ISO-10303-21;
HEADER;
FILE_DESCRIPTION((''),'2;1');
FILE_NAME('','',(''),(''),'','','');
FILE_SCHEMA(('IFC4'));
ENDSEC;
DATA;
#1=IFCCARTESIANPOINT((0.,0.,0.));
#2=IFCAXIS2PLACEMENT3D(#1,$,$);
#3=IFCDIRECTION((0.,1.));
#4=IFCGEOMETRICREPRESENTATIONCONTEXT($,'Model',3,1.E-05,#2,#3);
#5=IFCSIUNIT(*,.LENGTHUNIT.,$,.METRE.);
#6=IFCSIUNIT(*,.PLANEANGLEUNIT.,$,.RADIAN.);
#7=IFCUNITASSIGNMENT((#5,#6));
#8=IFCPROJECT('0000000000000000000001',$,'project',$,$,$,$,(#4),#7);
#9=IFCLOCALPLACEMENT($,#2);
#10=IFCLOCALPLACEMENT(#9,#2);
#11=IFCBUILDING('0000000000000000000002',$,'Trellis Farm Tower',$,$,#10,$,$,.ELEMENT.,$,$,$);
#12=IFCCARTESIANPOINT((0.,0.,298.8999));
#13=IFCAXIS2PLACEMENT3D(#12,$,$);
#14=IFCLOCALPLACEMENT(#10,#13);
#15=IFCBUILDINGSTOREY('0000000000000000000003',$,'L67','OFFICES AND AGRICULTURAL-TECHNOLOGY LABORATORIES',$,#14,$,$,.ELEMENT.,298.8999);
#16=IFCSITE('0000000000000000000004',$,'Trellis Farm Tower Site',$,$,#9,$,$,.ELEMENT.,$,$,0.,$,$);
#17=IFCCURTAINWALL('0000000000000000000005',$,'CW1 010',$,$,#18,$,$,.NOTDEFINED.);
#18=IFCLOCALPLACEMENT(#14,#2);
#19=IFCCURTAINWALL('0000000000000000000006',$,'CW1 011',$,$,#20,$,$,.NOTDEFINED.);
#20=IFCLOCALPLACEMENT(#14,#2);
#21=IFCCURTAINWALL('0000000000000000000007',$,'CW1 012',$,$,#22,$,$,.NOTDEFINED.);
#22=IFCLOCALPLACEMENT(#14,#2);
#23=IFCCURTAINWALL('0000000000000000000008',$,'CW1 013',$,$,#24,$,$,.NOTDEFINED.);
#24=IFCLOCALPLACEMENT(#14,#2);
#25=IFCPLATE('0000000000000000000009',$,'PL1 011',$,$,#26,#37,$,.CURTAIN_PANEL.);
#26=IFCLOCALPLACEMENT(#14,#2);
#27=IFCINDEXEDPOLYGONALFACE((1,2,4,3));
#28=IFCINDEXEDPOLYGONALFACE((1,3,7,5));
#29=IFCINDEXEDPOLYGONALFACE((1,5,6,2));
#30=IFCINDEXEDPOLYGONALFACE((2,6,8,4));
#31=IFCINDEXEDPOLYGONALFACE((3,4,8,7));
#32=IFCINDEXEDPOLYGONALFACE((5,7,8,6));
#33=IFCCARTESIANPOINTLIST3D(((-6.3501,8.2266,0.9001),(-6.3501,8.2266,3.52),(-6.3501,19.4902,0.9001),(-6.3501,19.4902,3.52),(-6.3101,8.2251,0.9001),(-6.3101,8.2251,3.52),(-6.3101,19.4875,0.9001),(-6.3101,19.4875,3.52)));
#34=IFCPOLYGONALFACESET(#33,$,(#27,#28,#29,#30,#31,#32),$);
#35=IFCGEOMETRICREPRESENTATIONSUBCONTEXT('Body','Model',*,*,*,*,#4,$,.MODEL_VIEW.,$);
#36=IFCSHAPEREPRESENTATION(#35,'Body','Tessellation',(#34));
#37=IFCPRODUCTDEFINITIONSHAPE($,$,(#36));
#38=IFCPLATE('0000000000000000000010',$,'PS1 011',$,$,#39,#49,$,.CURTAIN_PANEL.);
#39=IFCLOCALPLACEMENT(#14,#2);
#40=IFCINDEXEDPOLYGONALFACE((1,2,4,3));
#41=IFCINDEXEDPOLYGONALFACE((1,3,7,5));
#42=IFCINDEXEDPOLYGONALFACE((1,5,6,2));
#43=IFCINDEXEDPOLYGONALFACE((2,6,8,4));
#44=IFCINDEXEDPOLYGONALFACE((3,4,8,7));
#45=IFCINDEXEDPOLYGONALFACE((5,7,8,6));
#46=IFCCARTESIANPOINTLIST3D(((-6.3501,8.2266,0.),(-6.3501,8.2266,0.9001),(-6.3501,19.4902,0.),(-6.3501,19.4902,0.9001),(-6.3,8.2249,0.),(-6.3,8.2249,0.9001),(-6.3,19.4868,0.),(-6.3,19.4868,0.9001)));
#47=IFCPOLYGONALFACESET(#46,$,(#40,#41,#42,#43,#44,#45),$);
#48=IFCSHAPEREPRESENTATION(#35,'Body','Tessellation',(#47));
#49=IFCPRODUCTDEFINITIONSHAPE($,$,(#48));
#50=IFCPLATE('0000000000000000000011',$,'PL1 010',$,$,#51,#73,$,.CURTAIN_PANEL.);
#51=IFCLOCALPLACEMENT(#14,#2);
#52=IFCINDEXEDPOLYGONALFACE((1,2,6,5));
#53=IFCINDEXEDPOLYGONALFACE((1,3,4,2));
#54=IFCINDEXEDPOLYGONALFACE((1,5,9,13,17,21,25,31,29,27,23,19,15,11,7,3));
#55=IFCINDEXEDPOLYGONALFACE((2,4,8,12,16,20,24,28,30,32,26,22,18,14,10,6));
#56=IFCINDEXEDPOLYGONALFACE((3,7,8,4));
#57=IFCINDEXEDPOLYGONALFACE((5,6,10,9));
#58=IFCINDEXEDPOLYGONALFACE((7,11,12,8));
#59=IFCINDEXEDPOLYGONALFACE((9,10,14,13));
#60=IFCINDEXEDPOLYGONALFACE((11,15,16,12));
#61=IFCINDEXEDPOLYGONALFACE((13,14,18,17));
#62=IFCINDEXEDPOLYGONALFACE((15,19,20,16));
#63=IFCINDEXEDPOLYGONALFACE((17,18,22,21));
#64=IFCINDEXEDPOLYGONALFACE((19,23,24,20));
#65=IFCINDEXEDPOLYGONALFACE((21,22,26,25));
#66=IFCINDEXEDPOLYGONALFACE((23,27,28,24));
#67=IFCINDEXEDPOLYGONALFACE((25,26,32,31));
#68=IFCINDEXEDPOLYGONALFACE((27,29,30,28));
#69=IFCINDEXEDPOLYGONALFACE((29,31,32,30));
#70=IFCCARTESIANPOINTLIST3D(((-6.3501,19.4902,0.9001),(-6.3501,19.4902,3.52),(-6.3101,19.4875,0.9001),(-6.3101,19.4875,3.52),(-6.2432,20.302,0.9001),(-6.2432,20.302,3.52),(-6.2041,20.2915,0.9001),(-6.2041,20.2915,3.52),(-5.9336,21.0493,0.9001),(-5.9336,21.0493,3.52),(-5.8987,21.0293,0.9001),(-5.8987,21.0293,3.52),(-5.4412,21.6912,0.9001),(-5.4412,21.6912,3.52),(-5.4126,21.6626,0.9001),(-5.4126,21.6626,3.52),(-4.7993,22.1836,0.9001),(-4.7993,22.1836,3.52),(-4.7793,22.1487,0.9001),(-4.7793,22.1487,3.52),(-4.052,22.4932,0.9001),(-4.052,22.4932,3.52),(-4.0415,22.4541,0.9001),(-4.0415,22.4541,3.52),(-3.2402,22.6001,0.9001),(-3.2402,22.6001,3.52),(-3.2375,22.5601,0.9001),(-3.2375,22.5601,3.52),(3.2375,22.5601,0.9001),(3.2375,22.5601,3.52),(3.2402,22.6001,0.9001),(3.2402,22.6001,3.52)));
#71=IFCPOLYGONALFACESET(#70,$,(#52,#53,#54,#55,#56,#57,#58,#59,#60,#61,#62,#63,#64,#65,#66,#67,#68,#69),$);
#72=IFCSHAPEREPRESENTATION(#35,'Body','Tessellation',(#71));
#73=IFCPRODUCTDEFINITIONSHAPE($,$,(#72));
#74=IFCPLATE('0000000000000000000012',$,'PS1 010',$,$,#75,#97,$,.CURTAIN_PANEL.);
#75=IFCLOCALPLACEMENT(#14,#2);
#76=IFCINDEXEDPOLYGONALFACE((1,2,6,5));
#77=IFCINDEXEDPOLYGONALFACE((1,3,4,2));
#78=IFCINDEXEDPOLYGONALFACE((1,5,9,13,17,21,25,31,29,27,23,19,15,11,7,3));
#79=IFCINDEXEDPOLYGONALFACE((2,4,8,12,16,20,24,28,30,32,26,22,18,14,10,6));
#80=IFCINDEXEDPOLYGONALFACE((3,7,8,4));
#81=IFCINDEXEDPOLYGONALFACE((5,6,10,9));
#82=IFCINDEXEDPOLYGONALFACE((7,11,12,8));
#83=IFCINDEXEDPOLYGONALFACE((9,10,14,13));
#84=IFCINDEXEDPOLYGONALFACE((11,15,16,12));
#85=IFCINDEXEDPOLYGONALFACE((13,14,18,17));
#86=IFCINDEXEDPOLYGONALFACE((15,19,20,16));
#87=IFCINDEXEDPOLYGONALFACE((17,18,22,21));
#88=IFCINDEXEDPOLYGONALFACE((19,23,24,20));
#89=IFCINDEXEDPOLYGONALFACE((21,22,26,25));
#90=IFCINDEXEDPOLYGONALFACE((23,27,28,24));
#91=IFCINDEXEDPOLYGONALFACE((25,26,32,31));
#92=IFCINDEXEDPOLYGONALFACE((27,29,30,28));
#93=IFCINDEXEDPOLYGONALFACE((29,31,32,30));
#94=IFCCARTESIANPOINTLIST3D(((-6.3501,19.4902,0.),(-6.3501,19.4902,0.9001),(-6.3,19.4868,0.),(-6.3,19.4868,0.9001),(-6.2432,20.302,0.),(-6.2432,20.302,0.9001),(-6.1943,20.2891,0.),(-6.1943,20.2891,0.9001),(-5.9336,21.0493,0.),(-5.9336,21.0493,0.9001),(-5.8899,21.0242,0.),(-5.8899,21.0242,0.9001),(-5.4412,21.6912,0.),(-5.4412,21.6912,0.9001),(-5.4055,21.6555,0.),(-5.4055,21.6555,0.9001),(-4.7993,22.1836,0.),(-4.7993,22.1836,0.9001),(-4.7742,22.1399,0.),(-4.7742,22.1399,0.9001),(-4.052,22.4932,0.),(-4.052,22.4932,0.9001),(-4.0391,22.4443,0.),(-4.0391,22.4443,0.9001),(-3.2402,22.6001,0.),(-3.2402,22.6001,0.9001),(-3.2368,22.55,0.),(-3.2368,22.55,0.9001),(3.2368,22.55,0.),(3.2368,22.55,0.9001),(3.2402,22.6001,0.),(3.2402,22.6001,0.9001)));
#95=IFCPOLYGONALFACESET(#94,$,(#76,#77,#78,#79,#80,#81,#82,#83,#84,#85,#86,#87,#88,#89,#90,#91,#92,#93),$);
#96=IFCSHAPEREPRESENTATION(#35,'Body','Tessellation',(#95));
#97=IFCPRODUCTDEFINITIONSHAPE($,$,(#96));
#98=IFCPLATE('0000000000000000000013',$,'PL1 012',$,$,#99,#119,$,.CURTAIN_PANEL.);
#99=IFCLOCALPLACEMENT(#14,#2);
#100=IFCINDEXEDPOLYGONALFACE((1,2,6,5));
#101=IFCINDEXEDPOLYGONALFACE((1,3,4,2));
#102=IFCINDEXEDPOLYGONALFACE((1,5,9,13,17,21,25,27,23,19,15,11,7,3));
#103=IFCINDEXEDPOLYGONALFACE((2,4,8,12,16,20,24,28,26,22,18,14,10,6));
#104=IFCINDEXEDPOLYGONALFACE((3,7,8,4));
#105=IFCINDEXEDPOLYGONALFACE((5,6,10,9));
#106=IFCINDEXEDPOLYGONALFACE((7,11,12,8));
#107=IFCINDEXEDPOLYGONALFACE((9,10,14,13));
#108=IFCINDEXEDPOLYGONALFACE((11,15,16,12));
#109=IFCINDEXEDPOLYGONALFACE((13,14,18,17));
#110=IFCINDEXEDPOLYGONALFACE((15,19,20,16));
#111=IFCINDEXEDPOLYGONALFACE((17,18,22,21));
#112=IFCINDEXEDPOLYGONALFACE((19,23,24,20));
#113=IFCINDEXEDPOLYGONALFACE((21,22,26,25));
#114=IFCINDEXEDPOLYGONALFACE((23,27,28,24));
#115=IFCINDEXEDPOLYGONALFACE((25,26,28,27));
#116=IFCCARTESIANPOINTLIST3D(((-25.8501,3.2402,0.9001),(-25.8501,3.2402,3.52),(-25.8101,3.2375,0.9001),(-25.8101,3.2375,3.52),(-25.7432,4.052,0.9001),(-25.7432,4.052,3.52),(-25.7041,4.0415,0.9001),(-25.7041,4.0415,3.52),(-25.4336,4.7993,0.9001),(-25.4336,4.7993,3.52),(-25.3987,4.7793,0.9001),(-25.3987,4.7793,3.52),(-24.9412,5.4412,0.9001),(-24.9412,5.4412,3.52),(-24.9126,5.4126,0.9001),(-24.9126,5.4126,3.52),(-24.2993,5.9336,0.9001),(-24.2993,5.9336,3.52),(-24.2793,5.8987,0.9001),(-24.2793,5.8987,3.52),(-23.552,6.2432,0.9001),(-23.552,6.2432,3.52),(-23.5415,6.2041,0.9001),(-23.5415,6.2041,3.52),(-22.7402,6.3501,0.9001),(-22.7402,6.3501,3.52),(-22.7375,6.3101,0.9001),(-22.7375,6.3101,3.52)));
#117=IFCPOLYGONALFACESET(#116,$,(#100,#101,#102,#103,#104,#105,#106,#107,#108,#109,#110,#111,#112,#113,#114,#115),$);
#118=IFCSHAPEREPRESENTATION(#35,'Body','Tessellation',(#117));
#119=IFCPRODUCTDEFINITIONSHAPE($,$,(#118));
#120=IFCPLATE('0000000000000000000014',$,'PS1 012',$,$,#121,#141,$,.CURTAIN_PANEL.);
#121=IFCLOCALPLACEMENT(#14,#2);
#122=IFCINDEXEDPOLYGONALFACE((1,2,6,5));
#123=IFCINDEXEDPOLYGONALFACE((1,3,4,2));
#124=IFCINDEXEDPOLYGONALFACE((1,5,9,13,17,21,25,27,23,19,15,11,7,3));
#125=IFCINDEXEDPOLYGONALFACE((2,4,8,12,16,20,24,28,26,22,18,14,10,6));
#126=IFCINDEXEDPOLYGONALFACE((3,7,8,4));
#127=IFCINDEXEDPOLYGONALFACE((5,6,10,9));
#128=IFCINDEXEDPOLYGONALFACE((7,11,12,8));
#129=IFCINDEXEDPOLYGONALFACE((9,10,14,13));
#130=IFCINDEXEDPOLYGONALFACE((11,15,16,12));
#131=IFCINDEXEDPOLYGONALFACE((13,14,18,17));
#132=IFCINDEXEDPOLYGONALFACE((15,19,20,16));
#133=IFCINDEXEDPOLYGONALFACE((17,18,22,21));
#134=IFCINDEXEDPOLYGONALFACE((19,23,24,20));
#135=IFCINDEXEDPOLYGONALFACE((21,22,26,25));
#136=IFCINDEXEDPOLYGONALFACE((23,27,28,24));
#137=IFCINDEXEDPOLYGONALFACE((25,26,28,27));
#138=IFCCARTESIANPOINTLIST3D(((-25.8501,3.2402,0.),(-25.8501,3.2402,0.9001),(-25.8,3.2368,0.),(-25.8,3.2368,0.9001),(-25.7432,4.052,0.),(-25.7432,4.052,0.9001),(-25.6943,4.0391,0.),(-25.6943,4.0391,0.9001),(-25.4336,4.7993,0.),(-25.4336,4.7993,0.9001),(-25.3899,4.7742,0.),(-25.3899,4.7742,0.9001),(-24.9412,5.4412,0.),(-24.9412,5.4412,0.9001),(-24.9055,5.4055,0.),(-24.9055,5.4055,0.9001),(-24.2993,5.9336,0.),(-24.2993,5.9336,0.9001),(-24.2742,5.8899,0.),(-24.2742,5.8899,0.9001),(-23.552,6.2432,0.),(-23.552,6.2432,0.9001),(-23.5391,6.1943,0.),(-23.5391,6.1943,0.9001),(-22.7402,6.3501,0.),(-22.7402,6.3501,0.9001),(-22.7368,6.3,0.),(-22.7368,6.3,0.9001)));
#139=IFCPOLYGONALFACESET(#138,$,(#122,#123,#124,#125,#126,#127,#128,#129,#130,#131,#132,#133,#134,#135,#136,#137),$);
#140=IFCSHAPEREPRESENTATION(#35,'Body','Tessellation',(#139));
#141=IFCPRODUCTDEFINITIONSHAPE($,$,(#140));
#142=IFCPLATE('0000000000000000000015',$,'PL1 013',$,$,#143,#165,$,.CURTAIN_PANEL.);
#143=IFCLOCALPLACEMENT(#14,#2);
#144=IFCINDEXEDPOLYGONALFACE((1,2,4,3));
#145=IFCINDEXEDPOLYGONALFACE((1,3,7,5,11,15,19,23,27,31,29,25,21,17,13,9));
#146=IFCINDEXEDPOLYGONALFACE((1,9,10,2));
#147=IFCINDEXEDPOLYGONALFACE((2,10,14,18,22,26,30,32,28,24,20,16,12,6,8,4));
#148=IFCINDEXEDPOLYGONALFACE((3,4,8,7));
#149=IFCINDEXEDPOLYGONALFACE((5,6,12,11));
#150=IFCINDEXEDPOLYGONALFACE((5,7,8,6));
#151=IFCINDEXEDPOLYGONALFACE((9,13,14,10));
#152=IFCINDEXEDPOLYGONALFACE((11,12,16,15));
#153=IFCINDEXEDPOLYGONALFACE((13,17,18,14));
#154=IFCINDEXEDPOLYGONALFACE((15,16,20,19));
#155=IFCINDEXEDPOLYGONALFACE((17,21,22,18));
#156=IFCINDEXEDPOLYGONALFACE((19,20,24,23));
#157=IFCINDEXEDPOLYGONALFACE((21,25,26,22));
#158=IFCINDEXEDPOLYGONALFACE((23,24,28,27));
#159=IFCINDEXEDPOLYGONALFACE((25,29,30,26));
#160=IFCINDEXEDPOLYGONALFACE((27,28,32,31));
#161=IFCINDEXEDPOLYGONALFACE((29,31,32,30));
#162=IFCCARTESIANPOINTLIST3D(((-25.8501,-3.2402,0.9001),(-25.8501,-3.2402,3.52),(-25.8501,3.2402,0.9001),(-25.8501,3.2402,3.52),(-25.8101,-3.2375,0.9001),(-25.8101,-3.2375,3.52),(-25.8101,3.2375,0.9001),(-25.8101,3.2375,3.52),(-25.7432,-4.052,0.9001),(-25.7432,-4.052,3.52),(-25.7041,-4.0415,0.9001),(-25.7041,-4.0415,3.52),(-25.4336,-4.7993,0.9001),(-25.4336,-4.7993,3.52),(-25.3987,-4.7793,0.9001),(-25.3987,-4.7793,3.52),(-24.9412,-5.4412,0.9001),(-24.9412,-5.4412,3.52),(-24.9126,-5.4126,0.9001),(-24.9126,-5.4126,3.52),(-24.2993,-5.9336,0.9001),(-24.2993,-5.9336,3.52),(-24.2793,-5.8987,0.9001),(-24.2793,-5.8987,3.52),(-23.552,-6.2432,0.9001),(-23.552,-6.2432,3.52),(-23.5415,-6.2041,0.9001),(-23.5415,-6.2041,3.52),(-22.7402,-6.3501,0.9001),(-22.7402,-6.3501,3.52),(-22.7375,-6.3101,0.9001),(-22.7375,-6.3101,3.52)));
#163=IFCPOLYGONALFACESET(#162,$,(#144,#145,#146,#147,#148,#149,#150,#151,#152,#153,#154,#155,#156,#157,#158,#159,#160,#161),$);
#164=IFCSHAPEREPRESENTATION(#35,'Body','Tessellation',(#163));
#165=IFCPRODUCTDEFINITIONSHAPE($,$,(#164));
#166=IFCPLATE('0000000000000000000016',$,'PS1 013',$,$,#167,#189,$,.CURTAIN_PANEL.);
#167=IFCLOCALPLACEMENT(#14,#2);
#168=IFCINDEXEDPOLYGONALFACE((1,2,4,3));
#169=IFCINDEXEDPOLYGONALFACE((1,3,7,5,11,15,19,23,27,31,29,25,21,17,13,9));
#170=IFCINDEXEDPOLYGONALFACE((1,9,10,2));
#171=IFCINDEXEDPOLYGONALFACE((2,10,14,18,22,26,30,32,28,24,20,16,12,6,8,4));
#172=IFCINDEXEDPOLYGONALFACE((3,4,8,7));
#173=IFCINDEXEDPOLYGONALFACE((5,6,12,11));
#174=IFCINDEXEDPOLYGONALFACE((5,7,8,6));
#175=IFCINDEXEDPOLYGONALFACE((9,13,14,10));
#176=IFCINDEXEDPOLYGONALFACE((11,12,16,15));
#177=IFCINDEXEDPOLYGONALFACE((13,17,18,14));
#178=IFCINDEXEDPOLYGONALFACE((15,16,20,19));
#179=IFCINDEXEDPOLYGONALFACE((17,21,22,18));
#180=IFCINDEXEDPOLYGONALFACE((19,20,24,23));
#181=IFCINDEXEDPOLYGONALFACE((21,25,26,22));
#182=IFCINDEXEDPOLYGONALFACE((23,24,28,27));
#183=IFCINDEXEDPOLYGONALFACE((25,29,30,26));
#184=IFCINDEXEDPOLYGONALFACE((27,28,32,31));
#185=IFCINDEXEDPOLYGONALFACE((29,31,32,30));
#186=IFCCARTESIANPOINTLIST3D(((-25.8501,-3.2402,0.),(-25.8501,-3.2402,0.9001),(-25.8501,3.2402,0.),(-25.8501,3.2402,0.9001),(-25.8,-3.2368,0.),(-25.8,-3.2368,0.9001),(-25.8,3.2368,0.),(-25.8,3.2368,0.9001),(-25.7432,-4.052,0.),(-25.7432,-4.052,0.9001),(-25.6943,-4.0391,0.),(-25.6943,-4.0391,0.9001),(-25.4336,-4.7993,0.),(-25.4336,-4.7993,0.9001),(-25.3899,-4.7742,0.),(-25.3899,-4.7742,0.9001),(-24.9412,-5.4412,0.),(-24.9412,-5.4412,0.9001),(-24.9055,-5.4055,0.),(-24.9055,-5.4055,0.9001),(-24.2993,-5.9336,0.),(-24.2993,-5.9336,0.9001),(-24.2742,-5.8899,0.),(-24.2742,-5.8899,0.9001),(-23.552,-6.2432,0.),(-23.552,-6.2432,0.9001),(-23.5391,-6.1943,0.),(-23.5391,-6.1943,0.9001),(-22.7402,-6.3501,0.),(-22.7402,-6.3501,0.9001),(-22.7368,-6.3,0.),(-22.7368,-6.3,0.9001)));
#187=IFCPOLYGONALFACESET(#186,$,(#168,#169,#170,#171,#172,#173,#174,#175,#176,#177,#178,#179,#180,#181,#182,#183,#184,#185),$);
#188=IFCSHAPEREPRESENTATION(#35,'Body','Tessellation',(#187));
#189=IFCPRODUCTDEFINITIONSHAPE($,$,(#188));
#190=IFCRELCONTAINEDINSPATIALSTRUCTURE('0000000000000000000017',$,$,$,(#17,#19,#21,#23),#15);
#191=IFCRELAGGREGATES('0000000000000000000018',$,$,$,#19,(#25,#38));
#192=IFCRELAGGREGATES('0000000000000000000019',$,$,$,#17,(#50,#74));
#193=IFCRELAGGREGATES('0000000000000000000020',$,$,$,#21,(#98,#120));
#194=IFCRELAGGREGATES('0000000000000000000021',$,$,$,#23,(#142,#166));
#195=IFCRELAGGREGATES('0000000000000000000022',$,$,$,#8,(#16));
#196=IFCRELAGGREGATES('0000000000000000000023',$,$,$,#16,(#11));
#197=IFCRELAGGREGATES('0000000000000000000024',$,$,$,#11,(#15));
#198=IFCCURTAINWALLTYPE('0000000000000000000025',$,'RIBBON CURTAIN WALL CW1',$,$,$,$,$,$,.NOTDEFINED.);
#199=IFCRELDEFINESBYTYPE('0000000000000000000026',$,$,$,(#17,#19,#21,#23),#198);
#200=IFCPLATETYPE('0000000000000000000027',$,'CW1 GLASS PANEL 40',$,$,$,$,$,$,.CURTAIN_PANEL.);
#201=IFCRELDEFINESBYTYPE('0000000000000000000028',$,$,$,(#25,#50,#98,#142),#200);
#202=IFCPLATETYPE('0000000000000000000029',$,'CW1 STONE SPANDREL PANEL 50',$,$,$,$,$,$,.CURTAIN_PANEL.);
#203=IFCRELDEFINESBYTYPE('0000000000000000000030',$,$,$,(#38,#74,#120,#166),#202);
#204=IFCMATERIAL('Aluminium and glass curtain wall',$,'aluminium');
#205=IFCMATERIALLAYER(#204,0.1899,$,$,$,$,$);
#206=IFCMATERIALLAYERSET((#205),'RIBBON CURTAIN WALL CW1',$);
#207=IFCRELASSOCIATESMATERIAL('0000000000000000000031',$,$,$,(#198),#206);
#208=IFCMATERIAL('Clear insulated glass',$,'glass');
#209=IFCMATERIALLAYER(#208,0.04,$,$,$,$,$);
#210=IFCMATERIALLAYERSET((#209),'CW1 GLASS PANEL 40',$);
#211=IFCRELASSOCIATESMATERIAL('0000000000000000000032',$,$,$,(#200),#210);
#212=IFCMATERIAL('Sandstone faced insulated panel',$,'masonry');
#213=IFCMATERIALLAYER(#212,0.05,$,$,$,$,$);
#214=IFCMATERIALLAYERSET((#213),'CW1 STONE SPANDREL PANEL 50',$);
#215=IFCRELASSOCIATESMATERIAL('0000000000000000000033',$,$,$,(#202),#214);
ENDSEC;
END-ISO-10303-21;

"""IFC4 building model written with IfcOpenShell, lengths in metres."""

from ifc_helpers import new_model, si_unit, direction, frame, origin, place, context, subcontext, project, spatial, polyline, outline, extrude, source, transform, mapped, material, layer, layer_set, type_object, element, aggregate, save


model = new_model("IFC4")

# Units and contexts
model_context = context("Model", 3, precision=1e-05, world=origin(), true_north=direction((0.0, 1.0)))
body_context = subcontext(model_context, "Body", "Model", "MODEL_VIEW")
ifc_project = project(units=[si_unit("LENGTHUNIT", "METRE"), si_unit("PLANEANGLEUNIT", "RADIAN")], contexts=[model_context])

# Site, building, storey
site_placement = place(None, origin())
site = spatial("IfcSite", under=ifc_project, at=site_placement, Name="Trellis Farm Tower Site", CompositionType="ELEMENT", RefElevation=0.0)
building_placement = place(site_placement, origin())
building = spatial("IfcBuilding", under=site, at=building_placement, Name="Trellis Farm Tower", CompositionType="ELEMENT")
storey_placement = place(building_placement, frame((0.0, 0.0, 298.8999)))
storey = spatial("IfcBuildingStorey", under=building, at=storey_placement, Name="L67", Description="OFFICES AND AGRICULTURAL-TECHNOLOGY LABORATORIES", CompositionType="ELEMENT", Elevation=298.8999)

# Curtain walls
ifc_material_1 = material(Name="Aluminium and glass curtain wall", Category="aluminium")
ifc_layer_1 = layer(ifc_material_1, 0.1899)
ifc_layer_set_1 = layer_set([ifc_layer_1], Name="RIBBON CURTAIN WALL CW1")
curtain_wall_type_1 = type_object("IfcCurtainWallType", Name="RIBBON CURTAIN WALL CW1", PredefinedType="NOTDEFINED", material=ifc_layer_set_1)
placement_1 = place(storey_placement, origin())
curtain_wall_1 = element("IfcCurtainWall", 1, at=placement_1, inside=storey, type_object=curtain_wall_type_1, Name="CW1 010", PredefinedType="NOTDEFINED")
curtain_wall_2 = element("IfcCurtainWall", 2, at=placement_1, inside=storey, type_object=curtain_wall_type_1, Name="CW1 011", PredefinedType="NOTDEFINED")

# Curtain walls
curtain_wall_3 = element("IfcCurtainWall", 3, at=placement_1, inside=storey, type_object=curtain_wall_type_1, Name="CW1 012", PredefinedType="NOTDEFINED")
curtain_wall_4 = element("IfcCurtainWall", 4, at=placement_1, inside=storey, type_object=curtain_wall_type_1, Name="CW1 013", PredefinedType="NOTDEFINED")

# Plates
ifc_material_2 = material(Name="Clear insulated glass", Category="glass")
ifc_layer_2 = layer(ifc_material_2, 0.04)
ifc_layer_set_2 = layer_set([ifc_layer_2], Name="CW1 GLASS PANEL 40")
plate_type_1 = type_object("IfcPlateType", Name="CW1 GLASS PANEL 40", PredefinedType="CURTAIN_PANEL", material=ifc_layer_set_2)
shared_shape_1 = source(origin(), body_context, "Body", "SweptSolid", [
    extrude(outline(polyline([(-6.3501, 19.4902), (-6.3501, 8.2266), (-6.3101, 8.2251), (-6.3101, 19.4875), (-6.3501, 19.4902)])), origin(), (0.0, 0.0, 1.0), 2.6199),
])
placement_2 = place(storey_placement, frame((0.0, 0.0, 0.9001)))
plate_1 = element("IfcPlate", 5, at=placement_2, type_object=plate_type_1, Name="PL1 011", PredefinedType="CURTAIN_PANEL", context=body_context, shape_type="MappedRepresentation", body=[
    mapped(shared_shape_1, transform((0.0, 0.0, 0.0))),
])
ifc_material_3 = material(Name="Sandstone faced insulated panel", Category="masonry")
ifc_layer_3 = layer(ifc_material_3, 0.05)
ifc_layer_set_3 = layer_set([ifc_layer_3], Name="CW1 STONE SPANDREL PANEL 50")
plate_type_2 = type_object("IfcPlateType", Name="CW1 STONE SPANDREL PANEL 50", PredefinedType="CURTAIN_PANEL", material=ifc_layer_set_3)
shared_shape_2 = source(origin(), body_context, "Body", "SweptSolid", [
    extrude(outline(polyline([(-6.3501, 19.4902), (-6.3501, 8.2266), (-6.3, 8.2249), (-6.3, 19.4868), (-6.3501, 19.4902)])), origin(), (0.0, 0.0, 1.0), 0.9001),
])
plate_2 = element("IfcPlate", 6, at=placement_1, type_object=plate_type_2, Name="PS1 011", PredefinedType="CURTAIN_PANEL", context=body_context, shape_type="MappedRepresentation", body=[
    mapped(shared_shape_2, transform((0.0, 0.0, 0.0))),
])
aggregate(curtain_wall_2, [plate_1, plate_2])
shared_shape_3 = source(origin(), body_context, "Body", "SweptSolid", [
    extrude(outline(polyline([(3.2402, 22.6001), (-3.2402, 22.6001), (-4.052, 22.4932), (-4.7993, 22.1836), (-5.4412, 21.6912), (-5.9336, 21.0493), (-6.2432, 20.302), (-6.3501, 19.4902), (-6.3101, 19.4875), (-6.2041, 20.2915), (-5.8987, 21.0293), (-5.4126, 21.6626), (-4.7793, 22.1487), (-4.0415, 22.4541), (-3.2375, 22.5601), (3.2375, 22.5601), (3.2402, 22.6001)])), origin(), (0.0, 0.0, 1.0), 2.6199),
])
plate_3 = element("IfcPlate", 7, at=placement_2, type_object=plate_type_1, Name="PL1 010", PredefinedType="CURTAIN_PANEL", context=body_context, shape_type="MappedRepresentation", body=[
    mapped(shared_shape_3, transform((0.0, 0.0, 0.0))),
])
shared_shape_4 = source(origin(), body_context, "Body", "SweptSolid", [
    extrude(outline(polyline([(3.2402, 22.6001), (-3.2402, 22.6001), (-4.052, 22.4932), (-4.7993, 22.1836), (-5.4412, 21.6912), (-5.9336, 21.0493), (-6.2432, 20.302), (-6.3501, 19.4902), (-6.3, 19.4868), (-6.1943, 20.2891), (-5.8899, 21.0242), (-5.4055, 21.6555), (-4.7742, 22.1399), (-4.0391, 22.4443), (-3.2368, 22.55), (3.2368, 22.55), (3.2402, 22.6001)])), origin(), (0.0, 0.0, 1.0), 0.9001),
])
plate_4 = element("IfcPlate", 8, at=placement_1, type_object=plate_type_2, Name="PS1 010", PredefinedType="CURTAIN_PANEL", context=body_context, shape_type="MappedRepresentation", body=[
    mapped(shared_shape_4, transform((0.0, 0.0, 0.0))),
])
aggregate(curtain_wall_1, [plate_3, plate_4])
shared_shape_5 = source(origin(), body_context, "Body", "SweptSolid", [
    extrude(outline(polyline([(-22.7402, 6.3501), (-23.552, 6.2432), (-24.2993, 5.9336), (-24.9412, 5.4412), (-25.4336, 4.7993), (-25.7432, 4.052), (-25.8501, 3.2402), (-25.8101, 3.2375), (-25.7041, 4.0415), (-25.3987, 4.7793), (-24.9126, 5.4126), (-24.2793, 5.8987), (-23.5415, 6.2041), (-22.7375, 6.3101), (-22.7402, 6.3501)])), origin(), (0.0, 0.0, 1.0), 2.6199),
])
plate_5 = element("IfcPlate", 9, at=placement_2, type_object=plate_type_1, Name="PL1 012", PredefinedType="CURTAIN_PANEL", context=body_context, shape_type="MappedRepresentation", body=[
    mapped(shared_shape_5, transform((0.0, 0.0, 0.0))),
])
shared_shape_6 = source(origin(), body_context, "Body", "SweptSolid", [
    extrude(outline(polyline([(-22.7402, 6.3501), (-23.552, 6.2432), (-24.2993, 5.9336), (-24.9412, 5.4412), (-25.4336, 4.7993), (-25.7432, 4.052), (-25.8501, 3.2402), (-25.8, 3.2368), (-25.6943, 4.0391), (-25.3899, 4.7742), (-24.9055, 5.4055), (-24.2742, 5.8899), (-23.5391, 6.1943), (-22.7368, 6.3), (-22.7402, 6.3501)])), origin(), (0.0, 0.0, 1.0), 0.9001),
])
plate_6 = element("IfcPlate", 10, at=placement_1, type_object=plate_type_2, Name="PS1 012", PredefinedType="CURTAIN_PANEL", context=body_context, shape_type="MappedRepresentation", body=[
    mapped(shared_shape_6, transform((0.0, 0.0, 0.0))),
])
aggregate(curtain_wall_3, [plate_5, plate_6])
shared_shape_7 = source(origin(), body_context, "Body", "SweptSolid", [
    extrude(outline(polyline([(-25.8501, 3.2402), (-25.8501, -3.2402), (-25.7432, -4.052), (-25.4336, -4.7993), (-24.9412, -5.4412), (-24.2993, -5.9336), (-23.552, -6.2432), (-22.7402, -6.3501), (-22.7375, -6.3101), (-23.5415, -6.2041), (-24.2793, -5.8987), (-24.9126, -5.4126), (-25.3987, -4.7793), (-25.7041, -4.0415), (-25.8101, -3.2375), (-25.8101, 3.2375), (-25.8501, 3.2402)])), origin(), (0.0, 0.0, 1.0), 2.6199),
])
plate_7 = element("IfcPlate", 11, at=placement_2, type_object=plate_type_1, Name="PL1 013", PredefinedType="CURTAIN_PANEL", context=body_context, shape_type="MappedRepresentation", body=[
    mapped(shared_shape_7, transform((0.0, 0.0, 0.0))),
])
shared_shape_8 = source(origin(), body_context, "Body", "SweptSolid", [
    extrude(outline(polyline([(-25.8501, 3.2402), (-25.8501, -3.2402), (-25.7432, -4.052), (-25.4336, -4.7993), (-24.9412, -5.4412), (-24.2993, -5.9336), (-23.552, -6.2432), (-22.7402, -6.3501), (-22.7368, -6.3), (-23.5391, -6.1943), (-24.2742, -5.8899), (-24.9055, -5.4055), (-25.3899, -4.7742), (-25.6943, -4.0391), (-25.8, -3.2368), (-25.8, 3.2368), (-25.8501, 3.2402)])), origin(), (0.0, 0.0, 1.0), 0.9001),
])
plate_8 = element("IfcPlate", 12, at=placement_1, type_object=plate_type_2, Name="PS1 013", PredefinedType="CURTAIN_PANEL", context=body_context, shape_type="MappedRepresentation", body=[
    mapped(shared_shape_8, transform((0.0, 0.0, 0.0))),
])
aggregate(curtain_wall_4, [plate_7, plate_8])

save(model, "model.ifc")
